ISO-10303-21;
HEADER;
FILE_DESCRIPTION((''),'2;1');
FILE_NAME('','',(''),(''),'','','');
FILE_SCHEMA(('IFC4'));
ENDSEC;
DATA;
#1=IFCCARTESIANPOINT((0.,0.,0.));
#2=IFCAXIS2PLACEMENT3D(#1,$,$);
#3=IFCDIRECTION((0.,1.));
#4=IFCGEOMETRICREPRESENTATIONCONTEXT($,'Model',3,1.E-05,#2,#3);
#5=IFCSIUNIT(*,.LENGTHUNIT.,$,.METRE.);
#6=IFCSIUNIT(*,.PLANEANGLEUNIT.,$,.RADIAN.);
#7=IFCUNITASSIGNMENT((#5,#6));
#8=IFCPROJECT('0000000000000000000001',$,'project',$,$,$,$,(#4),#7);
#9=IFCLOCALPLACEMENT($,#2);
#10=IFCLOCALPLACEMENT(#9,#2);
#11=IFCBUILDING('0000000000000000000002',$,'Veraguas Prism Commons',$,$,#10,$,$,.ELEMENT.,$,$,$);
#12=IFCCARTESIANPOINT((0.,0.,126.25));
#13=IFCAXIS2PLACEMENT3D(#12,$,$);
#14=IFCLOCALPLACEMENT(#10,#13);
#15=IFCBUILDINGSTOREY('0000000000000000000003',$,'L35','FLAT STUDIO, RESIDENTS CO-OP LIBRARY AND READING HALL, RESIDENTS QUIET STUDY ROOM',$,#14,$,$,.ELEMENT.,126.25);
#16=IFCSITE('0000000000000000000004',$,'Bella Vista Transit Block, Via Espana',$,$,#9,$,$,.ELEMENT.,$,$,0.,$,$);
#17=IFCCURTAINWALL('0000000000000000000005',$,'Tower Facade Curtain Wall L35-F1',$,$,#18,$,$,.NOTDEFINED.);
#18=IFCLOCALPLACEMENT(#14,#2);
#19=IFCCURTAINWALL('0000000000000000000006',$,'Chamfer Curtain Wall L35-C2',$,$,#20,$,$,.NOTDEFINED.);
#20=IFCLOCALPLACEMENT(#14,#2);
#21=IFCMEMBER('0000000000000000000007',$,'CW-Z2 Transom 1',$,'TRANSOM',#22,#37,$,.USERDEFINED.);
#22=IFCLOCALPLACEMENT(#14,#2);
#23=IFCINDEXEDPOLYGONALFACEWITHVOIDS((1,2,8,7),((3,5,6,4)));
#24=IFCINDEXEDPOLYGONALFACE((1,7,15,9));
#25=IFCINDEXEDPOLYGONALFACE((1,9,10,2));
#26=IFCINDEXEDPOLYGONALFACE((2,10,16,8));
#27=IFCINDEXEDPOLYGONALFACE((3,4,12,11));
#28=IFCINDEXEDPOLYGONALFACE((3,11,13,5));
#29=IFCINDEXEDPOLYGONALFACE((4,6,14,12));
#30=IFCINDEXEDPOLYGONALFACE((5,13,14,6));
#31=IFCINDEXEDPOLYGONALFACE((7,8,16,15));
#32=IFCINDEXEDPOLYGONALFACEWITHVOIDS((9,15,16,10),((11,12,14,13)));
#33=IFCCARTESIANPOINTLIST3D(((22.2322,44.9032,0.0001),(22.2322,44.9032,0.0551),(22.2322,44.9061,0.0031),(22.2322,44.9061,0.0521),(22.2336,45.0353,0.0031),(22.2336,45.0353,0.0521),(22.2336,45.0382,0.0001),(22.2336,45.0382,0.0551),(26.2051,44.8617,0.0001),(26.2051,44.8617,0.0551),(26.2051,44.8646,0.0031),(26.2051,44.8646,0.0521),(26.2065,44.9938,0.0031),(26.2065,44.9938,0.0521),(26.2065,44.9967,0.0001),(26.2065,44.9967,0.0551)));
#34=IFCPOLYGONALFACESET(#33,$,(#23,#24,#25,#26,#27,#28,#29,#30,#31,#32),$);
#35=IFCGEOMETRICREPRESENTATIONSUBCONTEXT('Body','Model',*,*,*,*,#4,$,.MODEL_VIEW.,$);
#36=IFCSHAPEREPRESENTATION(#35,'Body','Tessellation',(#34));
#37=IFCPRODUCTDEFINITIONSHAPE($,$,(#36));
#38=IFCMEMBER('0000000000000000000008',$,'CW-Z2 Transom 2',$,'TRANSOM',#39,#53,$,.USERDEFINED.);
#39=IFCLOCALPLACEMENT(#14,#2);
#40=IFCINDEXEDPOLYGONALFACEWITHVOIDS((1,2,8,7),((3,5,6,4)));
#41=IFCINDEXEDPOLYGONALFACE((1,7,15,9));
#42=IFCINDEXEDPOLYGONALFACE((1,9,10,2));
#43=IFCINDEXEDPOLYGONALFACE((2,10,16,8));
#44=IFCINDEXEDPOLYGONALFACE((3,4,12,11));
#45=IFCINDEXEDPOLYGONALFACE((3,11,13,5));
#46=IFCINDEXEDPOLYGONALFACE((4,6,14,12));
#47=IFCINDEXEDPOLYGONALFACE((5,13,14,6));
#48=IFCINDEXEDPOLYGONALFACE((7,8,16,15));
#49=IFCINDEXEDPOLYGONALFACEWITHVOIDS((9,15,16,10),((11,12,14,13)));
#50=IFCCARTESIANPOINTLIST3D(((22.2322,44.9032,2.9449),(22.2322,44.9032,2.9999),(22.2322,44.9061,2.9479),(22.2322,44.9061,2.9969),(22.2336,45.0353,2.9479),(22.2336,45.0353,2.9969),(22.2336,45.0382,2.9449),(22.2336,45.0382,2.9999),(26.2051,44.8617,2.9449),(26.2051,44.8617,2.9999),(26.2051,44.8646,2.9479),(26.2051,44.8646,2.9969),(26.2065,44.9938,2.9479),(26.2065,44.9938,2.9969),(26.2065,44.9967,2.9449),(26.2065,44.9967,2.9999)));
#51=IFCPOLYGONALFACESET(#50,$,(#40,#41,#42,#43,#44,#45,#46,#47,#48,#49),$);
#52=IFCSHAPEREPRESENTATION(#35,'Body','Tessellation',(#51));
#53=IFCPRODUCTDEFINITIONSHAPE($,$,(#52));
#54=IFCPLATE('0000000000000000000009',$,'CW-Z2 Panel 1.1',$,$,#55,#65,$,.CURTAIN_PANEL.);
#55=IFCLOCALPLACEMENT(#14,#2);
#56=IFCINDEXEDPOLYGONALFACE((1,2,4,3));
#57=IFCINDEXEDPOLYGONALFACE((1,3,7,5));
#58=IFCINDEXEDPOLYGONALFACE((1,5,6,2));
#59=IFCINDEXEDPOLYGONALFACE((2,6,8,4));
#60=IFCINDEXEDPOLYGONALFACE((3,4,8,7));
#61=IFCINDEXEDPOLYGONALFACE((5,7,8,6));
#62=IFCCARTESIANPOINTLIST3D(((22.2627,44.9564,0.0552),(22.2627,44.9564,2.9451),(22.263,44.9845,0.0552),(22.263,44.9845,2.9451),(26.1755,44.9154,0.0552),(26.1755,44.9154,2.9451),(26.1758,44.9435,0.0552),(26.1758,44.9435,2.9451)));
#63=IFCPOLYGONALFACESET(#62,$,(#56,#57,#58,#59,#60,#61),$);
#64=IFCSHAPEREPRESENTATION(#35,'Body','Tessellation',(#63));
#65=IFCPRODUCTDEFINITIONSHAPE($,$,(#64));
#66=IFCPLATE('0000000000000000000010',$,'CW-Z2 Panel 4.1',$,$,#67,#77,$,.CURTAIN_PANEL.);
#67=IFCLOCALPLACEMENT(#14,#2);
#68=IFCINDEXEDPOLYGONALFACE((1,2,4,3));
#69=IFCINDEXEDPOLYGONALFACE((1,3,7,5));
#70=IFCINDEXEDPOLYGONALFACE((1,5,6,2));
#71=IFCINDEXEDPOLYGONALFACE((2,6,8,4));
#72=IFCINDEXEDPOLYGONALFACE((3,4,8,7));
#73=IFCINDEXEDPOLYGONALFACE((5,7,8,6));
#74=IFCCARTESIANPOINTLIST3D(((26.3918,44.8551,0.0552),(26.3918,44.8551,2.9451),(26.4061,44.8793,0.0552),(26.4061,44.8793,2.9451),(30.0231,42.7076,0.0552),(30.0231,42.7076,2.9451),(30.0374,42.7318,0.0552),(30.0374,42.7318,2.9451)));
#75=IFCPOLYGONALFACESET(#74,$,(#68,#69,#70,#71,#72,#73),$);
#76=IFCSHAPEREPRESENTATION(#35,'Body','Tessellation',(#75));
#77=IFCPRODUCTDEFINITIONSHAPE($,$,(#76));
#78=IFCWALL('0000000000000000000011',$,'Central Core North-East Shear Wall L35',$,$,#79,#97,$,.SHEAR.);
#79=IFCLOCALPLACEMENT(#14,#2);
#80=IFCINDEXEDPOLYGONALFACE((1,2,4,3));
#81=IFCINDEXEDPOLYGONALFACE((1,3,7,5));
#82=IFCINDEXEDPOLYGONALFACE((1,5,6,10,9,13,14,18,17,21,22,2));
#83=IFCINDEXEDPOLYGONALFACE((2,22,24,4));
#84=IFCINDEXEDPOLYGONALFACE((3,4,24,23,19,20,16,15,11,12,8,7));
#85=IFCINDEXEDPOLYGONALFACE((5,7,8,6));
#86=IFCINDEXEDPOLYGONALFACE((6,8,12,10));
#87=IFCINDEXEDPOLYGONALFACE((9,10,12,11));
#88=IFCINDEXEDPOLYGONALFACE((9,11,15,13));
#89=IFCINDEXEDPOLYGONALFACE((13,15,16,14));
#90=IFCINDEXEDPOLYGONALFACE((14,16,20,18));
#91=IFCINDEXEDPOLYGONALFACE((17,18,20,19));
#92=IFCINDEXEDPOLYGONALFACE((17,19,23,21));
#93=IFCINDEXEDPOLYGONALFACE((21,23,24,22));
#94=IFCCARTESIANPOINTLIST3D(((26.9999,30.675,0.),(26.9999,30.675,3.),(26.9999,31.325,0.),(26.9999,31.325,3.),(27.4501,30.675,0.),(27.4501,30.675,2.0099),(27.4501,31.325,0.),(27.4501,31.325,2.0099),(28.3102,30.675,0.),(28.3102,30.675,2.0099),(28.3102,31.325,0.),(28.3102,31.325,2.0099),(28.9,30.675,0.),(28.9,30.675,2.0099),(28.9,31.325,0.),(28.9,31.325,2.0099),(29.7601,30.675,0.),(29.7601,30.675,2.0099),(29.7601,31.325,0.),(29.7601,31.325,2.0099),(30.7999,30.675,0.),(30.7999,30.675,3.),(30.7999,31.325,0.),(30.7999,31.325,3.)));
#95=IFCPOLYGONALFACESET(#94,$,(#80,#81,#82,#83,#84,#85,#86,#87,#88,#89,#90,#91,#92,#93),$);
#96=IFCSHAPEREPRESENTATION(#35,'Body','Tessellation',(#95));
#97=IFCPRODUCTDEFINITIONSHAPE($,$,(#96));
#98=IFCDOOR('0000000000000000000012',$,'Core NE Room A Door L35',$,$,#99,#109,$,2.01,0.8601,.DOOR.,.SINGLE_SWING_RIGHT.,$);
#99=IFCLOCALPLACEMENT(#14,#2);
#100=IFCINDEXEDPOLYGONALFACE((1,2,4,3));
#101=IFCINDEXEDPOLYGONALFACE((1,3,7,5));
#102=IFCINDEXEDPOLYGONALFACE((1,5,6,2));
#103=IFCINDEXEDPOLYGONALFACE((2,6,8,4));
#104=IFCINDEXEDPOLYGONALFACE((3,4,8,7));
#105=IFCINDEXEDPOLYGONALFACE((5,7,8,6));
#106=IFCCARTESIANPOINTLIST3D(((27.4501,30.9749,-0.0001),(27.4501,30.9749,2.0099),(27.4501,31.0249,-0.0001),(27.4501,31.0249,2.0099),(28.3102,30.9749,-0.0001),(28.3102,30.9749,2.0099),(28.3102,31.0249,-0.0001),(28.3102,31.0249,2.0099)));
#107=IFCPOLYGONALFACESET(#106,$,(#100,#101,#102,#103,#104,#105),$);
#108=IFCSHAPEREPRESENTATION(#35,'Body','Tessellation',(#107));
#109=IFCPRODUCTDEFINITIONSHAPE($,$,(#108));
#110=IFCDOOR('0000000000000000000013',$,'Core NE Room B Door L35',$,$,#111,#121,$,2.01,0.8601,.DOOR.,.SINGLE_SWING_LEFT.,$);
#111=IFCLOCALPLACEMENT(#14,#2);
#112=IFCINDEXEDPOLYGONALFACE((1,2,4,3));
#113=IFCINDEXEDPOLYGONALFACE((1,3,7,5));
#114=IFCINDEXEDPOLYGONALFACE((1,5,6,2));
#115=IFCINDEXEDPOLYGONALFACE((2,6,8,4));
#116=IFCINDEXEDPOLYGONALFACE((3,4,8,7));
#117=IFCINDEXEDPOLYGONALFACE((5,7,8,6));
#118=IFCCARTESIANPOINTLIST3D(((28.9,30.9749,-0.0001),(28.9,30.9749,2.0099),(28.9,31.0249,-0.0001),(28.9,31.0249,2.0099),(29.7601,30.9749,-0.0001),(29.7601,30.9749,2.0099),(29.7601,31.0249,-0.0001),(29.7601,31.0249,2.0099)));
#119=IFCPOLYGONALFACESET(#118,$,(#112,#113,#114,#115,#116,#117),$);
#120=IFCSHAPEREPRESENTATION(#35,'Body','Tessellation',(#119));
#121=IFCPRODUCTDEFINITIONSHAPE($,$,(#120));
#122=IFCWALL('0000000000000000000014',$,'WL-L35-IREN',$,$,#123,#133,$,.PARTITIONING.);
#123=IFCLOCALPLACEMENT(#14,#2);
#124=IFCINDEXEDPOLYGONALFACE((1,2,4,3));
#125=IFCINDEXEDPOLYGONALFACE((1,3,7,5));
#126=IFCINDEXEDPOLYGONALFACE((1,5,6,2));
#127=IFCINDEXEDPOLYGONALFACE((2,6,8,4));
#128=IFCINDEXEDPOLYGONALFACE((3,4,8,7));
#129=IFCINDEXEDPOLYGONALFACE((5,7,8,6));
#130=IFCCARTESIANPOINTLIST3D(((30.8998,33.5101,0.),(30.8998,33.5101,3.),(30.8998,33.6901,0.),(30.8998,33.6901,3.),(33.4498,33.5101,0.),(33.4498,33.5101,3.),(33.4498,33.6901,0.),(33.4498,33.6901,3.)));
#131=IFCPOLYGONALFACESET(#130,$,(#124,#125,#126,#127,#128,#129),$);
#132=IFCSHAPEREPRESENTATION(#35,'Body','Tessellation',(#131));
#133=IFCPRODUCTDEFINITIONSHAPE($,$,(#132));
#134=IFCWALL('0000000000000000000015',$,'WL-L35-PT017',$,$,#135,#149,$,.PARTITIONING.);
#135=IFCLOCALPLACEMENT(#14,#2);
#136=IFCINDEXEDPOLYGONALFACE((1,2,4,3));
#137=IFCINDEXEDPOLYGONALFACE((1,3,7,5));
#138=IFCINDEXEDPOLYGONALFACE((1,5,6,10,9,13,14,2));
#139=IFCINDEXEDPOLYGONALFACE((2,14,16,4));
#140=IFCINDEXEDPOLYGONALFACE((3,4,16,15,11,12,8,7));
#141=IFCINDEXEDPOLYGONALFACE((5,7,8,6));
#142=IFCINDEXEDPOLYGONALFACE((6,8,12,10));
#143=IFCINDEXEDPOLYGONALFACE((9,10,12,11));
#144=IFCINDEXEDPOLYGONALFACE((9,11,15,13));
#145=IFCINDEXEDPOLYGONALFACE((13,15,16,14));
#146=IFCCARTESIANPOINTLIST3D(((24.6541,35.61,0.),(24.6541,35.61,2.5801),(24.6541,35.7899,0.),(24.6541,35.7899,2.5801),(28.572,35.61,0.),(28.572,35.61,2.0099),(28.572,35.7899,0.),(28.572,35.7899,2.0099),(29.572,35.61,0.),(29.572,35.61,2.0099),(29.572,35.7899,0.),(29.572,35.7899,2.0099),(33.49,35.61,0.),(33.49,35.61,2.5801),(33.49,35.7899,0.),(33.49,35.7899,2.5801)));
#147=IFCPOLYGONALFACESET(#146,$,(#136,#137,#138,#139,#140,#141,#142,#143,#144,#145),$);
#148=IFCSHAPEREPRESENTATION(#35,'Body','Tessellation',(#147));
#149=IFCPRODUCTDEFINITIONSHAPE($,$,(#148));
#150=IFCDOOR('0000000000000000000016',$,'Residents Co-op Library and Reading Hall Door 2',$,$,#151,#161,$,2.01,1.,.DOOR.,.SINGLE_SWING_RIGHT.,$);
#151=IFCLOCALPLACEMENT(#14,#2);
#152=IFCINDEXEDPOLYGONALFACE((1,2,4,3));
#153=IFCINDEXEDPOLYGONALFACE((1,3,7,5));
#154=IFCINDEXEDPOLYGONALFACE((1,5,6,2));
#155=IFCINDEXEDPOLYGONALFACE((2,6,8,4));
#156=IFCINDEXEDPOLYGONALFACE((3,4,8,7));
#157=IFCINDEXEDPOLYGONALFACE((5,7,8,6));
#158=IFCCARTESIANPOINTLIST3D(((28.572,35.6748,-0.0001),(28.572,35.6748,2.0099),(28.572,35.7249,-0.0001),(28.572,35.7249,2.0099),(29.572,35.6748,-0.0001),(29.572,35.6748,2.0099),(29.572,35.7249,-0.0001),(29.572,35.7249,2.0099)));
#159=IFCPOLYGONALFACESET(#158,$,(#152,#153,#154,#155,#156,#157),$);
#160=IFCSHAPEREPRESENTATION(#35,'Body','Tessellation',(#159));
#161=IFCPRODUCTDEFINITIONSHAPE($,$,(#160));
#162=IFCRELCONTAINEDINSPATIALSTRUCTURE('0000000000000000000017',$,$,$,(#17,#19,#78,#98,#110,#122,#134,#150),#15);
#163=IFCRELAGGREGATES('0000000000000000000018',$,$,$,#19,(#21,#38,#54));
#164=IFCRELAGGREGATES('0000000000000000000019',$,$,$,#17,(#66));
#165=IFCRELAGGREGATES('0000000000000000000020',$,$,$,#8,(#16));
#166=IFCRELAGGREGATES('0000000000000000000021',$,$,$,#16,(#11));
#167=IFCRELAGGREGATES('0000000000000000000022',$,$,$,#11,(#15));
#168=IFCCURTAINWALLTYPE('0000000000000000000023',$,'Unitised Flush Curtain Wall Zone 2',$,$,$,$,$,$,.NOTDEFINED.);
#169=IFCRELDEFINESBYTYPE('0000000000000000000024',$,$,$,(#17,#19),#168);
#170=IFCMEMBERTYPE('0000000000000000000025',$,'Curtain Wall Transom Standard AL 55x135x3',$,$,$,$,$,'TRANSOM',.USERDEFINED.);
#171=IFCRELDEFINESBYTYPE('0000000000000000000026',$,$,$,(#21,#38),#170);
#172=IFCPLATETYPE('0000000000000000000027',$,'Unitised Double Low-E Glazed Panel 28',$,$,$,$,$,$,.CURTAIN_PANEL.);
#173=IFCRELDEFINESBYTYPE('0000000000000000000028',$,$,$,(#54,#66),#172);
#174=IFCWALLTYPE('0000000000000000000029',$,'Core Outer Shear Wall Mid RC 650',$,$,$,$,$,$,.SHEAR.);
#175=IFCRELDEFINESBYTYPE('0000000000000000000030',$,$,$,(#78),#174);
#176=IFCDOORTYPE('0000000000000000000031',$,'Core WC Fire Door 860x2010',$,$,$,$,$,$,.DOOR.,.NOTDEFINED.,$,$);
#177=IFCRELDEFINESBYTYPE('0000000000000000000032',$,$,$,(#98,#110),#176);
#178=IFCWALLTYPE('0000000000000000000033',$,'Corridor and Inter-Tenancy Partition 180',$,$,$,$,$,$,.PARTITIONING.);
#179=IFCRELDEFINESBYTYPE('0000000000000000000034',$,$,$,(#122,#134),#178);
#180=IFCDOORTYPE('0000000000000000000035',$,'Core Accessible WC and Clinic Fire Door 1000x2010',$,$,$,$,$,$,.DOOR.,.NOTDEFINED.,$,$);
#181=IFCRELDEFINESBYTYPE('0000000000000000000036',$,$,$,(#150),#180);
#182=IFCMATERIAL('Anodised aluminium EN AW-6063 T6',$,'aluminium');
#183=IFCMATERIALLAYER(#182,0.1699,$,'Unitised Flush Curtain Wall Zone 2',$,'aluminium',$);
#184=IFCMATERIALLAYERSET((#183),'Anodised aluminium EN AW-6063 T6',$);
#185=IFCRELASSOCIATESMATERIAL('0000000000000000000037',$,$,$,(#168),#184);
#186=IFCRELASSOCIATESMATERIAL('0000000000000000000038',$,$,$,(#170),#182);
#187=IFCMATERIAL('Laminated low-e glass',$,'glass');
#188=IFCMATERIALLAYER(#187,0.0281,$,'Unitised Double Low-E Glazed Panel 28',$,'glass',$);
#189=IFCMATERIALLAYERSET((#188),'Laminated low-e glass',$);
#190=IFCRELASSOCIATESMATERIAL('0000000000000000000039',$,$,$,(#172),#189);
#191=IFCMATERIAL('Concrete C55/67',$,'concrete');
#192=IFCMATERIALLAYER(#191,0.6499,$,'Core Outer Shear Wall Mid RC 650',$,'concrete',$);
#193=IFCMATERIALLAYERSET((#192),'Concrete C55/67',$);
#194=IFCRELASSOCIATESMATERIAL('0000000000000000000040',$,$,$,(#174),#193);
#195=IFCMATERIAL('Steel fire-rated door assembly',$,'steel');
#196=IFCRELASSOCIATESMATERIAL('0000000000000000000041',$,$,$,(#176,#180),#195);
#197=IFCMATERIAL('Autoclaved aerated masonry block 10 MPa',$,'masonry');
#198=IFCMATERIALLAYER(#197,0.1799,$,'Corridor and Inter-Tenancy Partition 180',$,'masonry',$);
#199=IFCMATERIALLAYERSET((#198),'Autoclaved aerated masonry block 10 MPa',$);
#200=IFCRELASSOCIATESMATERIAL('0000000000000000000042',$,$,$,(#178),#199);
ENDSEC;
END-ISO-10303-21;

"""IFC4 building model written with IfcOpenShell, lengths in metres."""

from ifc_helpers import new_model, si_unit, direction, frame, frame_2d, origin, origin_2d, place, context, subcontext, project, spatial, rectangle, hollow_rectangle, extrude, source, transform, mapped, material, layer, layer_set, material_profile, profile_set, type_object, element, fill, aggregate, save


model = new_model("IFC4")

# Units and contexts
model_context = context("Model", 3, precision=1e-05, world=origin(), true_north=direction((0.0, 1.0)))
body_context = subcontext(model_context, "Body", "Model", "MODEL_VIEW")
ifc_project = project(units=[si_unit("LENGTHUNIT", "METRE"), si_unit("PLANEANGLEUNIT", "RADIAN")], contexts=[model_context])

# Site, building, storey
site_placement = place(None, origin())
site = spatial("IfcSite", under=ifc_project, at=site_placement, Name="Bella Vista Transit Block, Via Espana", CompositionType="ELEMENT", RefElevation=0.0)
building_placement = place(site_placement, origin())
building = spatial("IfcBuilding", under=site, at=building_placement, Name="Veraguas Prism Commons", CompositionType="ELEMENT")
storey_placement = place(building_placement, frame((0.0, 0.0, 126.25)))
storey = spatial("IfcBuildingStorey", under=building, at=storey_placement, Name="L35", Description="FLAT STUDIO, RESIDENTS CO-OP LIBRARY AND READING HALL, RESIDENTS QUIET STUDY ROOM", CompositionType="ELEMENT", Elevation=126.25)

# Curtain wall
ifc_material_1 = material(Name="Anodised aluminium EN AW-6063 T6", Category="aluminium")
ifc_layer_1 = layer(ifc_material_1, 0.1699, Name="Unitised Flush Curtain Wall Zone 2", Category="aluminium")
ifc_layer_set_1 = layer_set([ifc_layer_1], Name="Anodised aluminium EN AW-6063 T6")
curtain_wall_type = type_object("IfcCurtainWallType", Name="Unitised Flush Curtain Wall Zone 2", PredefinedType="NOTDEFINED", material=ifc_layer_set_1)
curtain_wall_1_placement = place(storey_placement, origin())
curtain_wall_1 = element("IfcCurtainWall", 1, at=curtain_wall_1_placement, inside=storey, type_object=curtain_wall_type, Name="Tower Facade Curtain Wall L35-F1", PredefinedType="NOTDEFINED")

# Curtain wall, members, plate
curtain_wall_2_placement = place(storey_placement, origin())
curtain_wall_2 = element("IfcCurtainWall", 2, at=curtain_wall_2_placement, inside=storey, type_object=curtain_wall_type, Name="Chamfer Curtain Wall L35-C2", PredefinedType="NOTDEFINED")
ifc_material_profile_1 = material_profile(ifc_material_1, hollow_rectangle(XDim=0.0549, YDim=0.135, WallThickness=0.0029, at=origin_2d()), Name="AL55X135X3")
ifc_profile_set_1 = profile_set([ifc_material_profile_1], Name="Anodised aluminium EN AW-6063 T6")
member_type_1 = type_object("IfcMemberType", Name="Curtain Wall Transom Standard AL 55x135x3", ElementType="TRANSOM", PredefinedType="USERDEFINED", material=ifc_profile_set_1)
shared_shape_1 = source(origin(), body_context, "Body", "SweptSolid", [
    extrude(hollow_rectangle(XDim=0.0549, YDim=0.135, WallThickness=0.0029, at=origin_2d()), origin(), (0.0, 0.0, 1.0), 3.9731),
])
member_1_placement = place(storey_placement, frame((26.2058, 44.9292, 0.0276), z_axis=(-0.999945, 0.010446, 0.0), x_axis=(0.0, 0.0, 1.0)))
member_1 = element("IfcMember", 3, at=member_1_placement, type_object=member_type_1, Name="CW-Z2 Transom 1", ObjectType="TRANSOM", PredefinedType="USERDEFINED", context=body_context, shape_type="MappedRepresentation", body=[
    mapped(shared_shape_1, transform((0.0, 0.0, 0.0), scale=1.0)),
])
member_2_placement = place(storey_placement, frame((26.2058, 44.9292, 2.9724), z_axis=(-0.999945, 0.010446, 0.0), x_axis=(0.0, 0.0, 1.0)))
member_2 = element("IfcMember", 4, at=member_2_placement, type_object=member_type_1, Name="CW-Z2 Transom 2", ObjectType="TRANSOM", PredefinedType="USERDEFINED", context=body_context, shape_type="MappedRepresentation", body=[
    mapped(shared_shape_1, transform((0.0, 0.0, 0.0), scale=1.0)),
])
ifc_material_2 = material(Name="Laminated low-e glass", Category="glass")
ifc_layer_2 = layer(ifc_material_2, 0.0281, Name="Unitised Double Low-E Glazed Panel 28", Category="glass")
ifc_layer_set_2 = layer_set([ifc_layer_2], Name="Laminated low-e glass")
plate_type = type_object("IfcPlateType", Name="Unitised Double Low-E Glazed Panel 28", PredefinedType="CURTAIN_PANEL", material=ifc_layer_set_2)
shared_shape_2 = source(origin(), body_context, "Body", "SweptSolid", [
    extrude(rectangle(XDim=3.9131, YDim=0.0281, at=origin_2d()), origin(), (0.0, 0.0, 1.0), 2.8899),
])
plate_1_placement = place(storey_placement, frame((24.2192, 44.95, 0.0552), z_axis=(0.0, 0.0, 1.0), x_axis=(-0.999945, 0.010487, 0.0)))
plate_1 = element("IfcPlate", 5, at=plate_1_placement, type_object=plate_type, Name="CW-Z2 Panel 1.1", PredefinedType="CURTAIN_PANEL", context=body_context, shape_type="MappedRepresentation", body=[
    mapped(shared_shape_2, transform((0.0, 0.0, 0.0), scale=1.0)),
])
aggregate(curtain_wall_2, [member_1, member_2, plate_1])

# Plate
shared_shape_3 = source(origin(), body_context, "Body", "SweptSolid", [
    extrude(rectangle(XDim=4.2188, YDim=0.0281, at=origin_2d()), origin(), (0.0, 0.0, 1.0), 2.8899),
])
plate_2_placement = place(storey_placement, frame((28.2146, 43.7935, 0.0552), z_axis=(0.0, 0.0, 1.0), x_axis=(-0.860742, 0.509041, 0.0)))
plate_2 = element("IfcPlate", 6, at=plate_2_placement, type_object=plate_type, Name="CW-Z2 Panel 4.1", PredefinedType="CURTAIN_PANEL", context=body_context, shape_type="MappedRepresentation", body=[
    mapped(shared_shape_3, transform((0.0, 0.0, 0.0), scale=1.0)),
])
aggregate(curtain_wall_1, [plate_2])

# Wall, openings, doors
ifc_material_3 = material(Name="Concrete C55/67", Category="concrete")
ifc_layer_3 = layer(ifc_material_3, 0.6499, Name="Core Outer Shear Wall Mid RC 650", Category="concrete")
ifc_layer_set_3 = layer_set([ifc_layer_3], Name="Concrete C55/67")
wall_type_1 = type_object("IfcWallType", Name="Core Outer Shear Wall Mid RC 650", PredefinedType="SHEAR", material=ifc_layer_set_3)
wall_1_placement = place(storey_placement, frame((27.0, 31.0, 0.0), z_axis=(0.0, 0.0, 1.0), x_axis=(1.0, 0.0, 0.0)))
wall_1 = element("IfcWall", 7, at=wall_1_placement, inside=storey, type_object=wall_type_1, Name="Central Core North-East Shear Wall L35", PredefinedType="SHEAR", context=body_context, shape_type="SweptSolid", body=[
    extrude(rectangle(XDim=3.8, YDim=0.6499, at=frame_2d((1.8999, 0.0))), origin(), (0.0, 0.0, 1.0), 3.0),
])
opening_1_placement = place(wall_1_placement, frame((0.45, 0.0, 0.0)))
opening_1 = element("IfcOpeningElement", 8, at=opening_1_placement, cuts=wall_1, PredefinedType="OPENING", context=body_context, shape_type="SweptSolid", body=[
    extrude(rectangle(XDim=0.8601, YDim=2.01, at=frame_2d((0.4302, 1.0049))), frame((0.0, 0.335, 0.0), z_axis=(0.0, -1.0, 0.0), x_axis=(1.0, 0.0, 0.0)), (0.0, 0.0, 1.0), 0.6699),
])
opening_2_placement = place(wall_1_placement, frame((1.8999, 0.0, 0.0)))
opening_2 = element("IfcOpeningElement", 9, at=opening_2_placement, cuts=wall_1, PredefinedType="OPENING", context=body_context, shape_type="SweptSolid", body=[
    extrude(rectangle(XDim=0.8601, YDim=2.01, at=frame_2d((0.4302, 1.0049))), frame((0.0, 0.335, 0.0), z_axis=(0.0, -1.0, 0.0), x_axis=(1.0, 0.0, 0.0)), (0.0, 0.0, 1.0), 0.6699),
])
ifc_material_4 = material(Name="Steel fire-rated door assembly", Category="steel")
door_type_1 = type_object("IfcDoorType", Name="Core WC Fire Door 860x2010", OperationType="NOTDEFINED", PredefinedType="DOOR", material=ifc_material_4)
shared_shape_4 = source(origin(), body_context, "Body", "SweptSolid", [
    extrude(rectangle(XDim=0.8601, YDim=2.01, at=frame_2d((0.4302, 1.0049))), frame((0.0, 0.0249, 0.0), z_axis=(0.0, -1.0, 0.0), x_axis=(1.0, 0.0, 0.0)), (0.0, 0.0, 1.0), 0.05),
])
door_1_placement = place(opening_1_placement, origin())
door_1 = element("IfcDoor", 10, at=door_1_placement, inside=storey, type_object=door_type_1, Name="Core NE Room A Door L35", OperationType="SINGLE_SWING_RIGHT", OverallHeight=2.01, OverallWidth=0.8601, PredefinedType="DOOR", context=body_context, shape_type="MappedRepresentation", body=[
    mapped(shared_shape_4, transform((0.0, 0.0, 0.0), scale=1.0)),
])
fill(opening_1, door_1)
door_2_placement = place(opening_2_placement, origin())
door_2 = element("IfcDoor", 11, at=door_2_placement, inside=storey, type_object=door_type_1, Name="Core NE Room B Door L35", OperationType="SINGLE_SWING_LEFT", OverallHeight=2.01, OverallWidth=0.8601, PredefinedType="DOOR", context=body_context, shape_type="MappedRepresentation", body=[
    mapped(shared_shape_4, transform((0.0, 0.0, 0.0), scale=1.0)),
])
fill(opening_2, door_2)

# Wall
ifc_material_5 = material(Name="Autoclaved aerated masonry block 10 MPa", Category="masonry")
ifc_layer_4 = layer(ifc_material_5, 0.1799, Name="Corridor and Inter-Tenancy Partition 180", Category="masonry")
ifc_layer_set_4 = layer_set([ifc_layer_4], Name="Autoclaved aerated masonry block 10 MPa")
wall_type_2 = type_object("IfcWallType", Name="Corridor and Inter-Tenancy Partition 180", PredefinedType="PARTITIONING", material=ifc_layer_set_4)
wall_2_placement = place(storey_placement, frame((30.8999, 33.6001, 0.0), z_axis=(0.0, 0.0, 1.0), x_axis=(1.0, 0.0, 0.0)))
element("IfcWall", 12, at=wall_2_placement, inside=storey, type_object=wall_type_2, Name="WL-L35-IREN", PredefinedType="PARTITIONING", context=body_context, shape_type="SweptSolid", body=[
    extrude(rectangle(XDim=2.55, YDim=0.1799, at=frame_2d((1.2749, 0.0))), origin(), (0.0, 0.0, 1.0), 3.0),
])

# Wall, opening, door
wall_3_placement = place(storey_placement, frame((24.6541, 35.7, 0.0), z_axis=(0.0, 0.0, 1.0), x_axis=(1.0, 0.0, 0.0)))
wall_3 = element("IfcWall", 13, at=wall_3_placement, inside=storey, type_object=wall_type_2, Name="WL-L35-PT017", PredefinedType="PARTITIONING", context=body_context, shape_type="SweptSolid", body=[
    extrude(rectangle(XDim=8.8359, YDim=0.1799, at=frame_2d((4.418, 0.0))), origin(), (0.0, 0.0, 1.0), 2.5801),
])
opening_3_placement = place(wall_3_placement, frame((3.918, 0.0, 0.0)))
opening_3 = element("IfcOpeningElement", 14, at=opening_3_placement, cuts=wall_3, PredefinedType="OPENING", context=body_context, shape_type="SweptSolid", body=[
    extrude(rectangle(XDim=1.0, YDim=2.01, at=frame_2d((0.5, 1.0049))), frame((0.0, 0.0999, 0.0), z_axis=(0.0, -1.0, 0.0), x_axis=(1.0, 0.0, 0.0)), (0.0, 0.0, 1.0), 0.2),
])
door_type_2 = type_object("IfcDoorType", Name="Core Accessible WC and Clinic Fire Door 1000x2010", OperationType="NOTDEFINED", PredefinedType="DOOR", material=ifc_material_4)
shared_shape_5 = source(origin(), body_context, "Body", "SweptSolid", [
    extrude(rectangle(XDim=1.0, YDim=2.01, at=frame_2d((0.5, 1.0049))), frame((0.0, 0.0249, 0.0), z_axis=(0.0, -1.0, 0.0), x_axis=(1.0, 0.0, 0.0)), (0.0, 0.0, 1.0), 0.05),
])
door_3_placement = place(opening_3_placement, origin())
door_3 = element("IfcDoor", 15, at=door_3_placement, inside=storey, type_object=door_type_2, Name="Residents Co-op Library and Reading Hall Door 2", OperationType="SINGLE_SWING_RIGHT", OverallHeight=2.01, OverallWidth=1.0, PredefinedType="DOOR", context=body_context, shape_type="MappedRepresentation", body=[
    mapped(shared_shape_5, transform((0.0, 0.0, 0.0), scale=1.0)),
])
fill(opening_3, door_3)

save(model, "model.ifc")
